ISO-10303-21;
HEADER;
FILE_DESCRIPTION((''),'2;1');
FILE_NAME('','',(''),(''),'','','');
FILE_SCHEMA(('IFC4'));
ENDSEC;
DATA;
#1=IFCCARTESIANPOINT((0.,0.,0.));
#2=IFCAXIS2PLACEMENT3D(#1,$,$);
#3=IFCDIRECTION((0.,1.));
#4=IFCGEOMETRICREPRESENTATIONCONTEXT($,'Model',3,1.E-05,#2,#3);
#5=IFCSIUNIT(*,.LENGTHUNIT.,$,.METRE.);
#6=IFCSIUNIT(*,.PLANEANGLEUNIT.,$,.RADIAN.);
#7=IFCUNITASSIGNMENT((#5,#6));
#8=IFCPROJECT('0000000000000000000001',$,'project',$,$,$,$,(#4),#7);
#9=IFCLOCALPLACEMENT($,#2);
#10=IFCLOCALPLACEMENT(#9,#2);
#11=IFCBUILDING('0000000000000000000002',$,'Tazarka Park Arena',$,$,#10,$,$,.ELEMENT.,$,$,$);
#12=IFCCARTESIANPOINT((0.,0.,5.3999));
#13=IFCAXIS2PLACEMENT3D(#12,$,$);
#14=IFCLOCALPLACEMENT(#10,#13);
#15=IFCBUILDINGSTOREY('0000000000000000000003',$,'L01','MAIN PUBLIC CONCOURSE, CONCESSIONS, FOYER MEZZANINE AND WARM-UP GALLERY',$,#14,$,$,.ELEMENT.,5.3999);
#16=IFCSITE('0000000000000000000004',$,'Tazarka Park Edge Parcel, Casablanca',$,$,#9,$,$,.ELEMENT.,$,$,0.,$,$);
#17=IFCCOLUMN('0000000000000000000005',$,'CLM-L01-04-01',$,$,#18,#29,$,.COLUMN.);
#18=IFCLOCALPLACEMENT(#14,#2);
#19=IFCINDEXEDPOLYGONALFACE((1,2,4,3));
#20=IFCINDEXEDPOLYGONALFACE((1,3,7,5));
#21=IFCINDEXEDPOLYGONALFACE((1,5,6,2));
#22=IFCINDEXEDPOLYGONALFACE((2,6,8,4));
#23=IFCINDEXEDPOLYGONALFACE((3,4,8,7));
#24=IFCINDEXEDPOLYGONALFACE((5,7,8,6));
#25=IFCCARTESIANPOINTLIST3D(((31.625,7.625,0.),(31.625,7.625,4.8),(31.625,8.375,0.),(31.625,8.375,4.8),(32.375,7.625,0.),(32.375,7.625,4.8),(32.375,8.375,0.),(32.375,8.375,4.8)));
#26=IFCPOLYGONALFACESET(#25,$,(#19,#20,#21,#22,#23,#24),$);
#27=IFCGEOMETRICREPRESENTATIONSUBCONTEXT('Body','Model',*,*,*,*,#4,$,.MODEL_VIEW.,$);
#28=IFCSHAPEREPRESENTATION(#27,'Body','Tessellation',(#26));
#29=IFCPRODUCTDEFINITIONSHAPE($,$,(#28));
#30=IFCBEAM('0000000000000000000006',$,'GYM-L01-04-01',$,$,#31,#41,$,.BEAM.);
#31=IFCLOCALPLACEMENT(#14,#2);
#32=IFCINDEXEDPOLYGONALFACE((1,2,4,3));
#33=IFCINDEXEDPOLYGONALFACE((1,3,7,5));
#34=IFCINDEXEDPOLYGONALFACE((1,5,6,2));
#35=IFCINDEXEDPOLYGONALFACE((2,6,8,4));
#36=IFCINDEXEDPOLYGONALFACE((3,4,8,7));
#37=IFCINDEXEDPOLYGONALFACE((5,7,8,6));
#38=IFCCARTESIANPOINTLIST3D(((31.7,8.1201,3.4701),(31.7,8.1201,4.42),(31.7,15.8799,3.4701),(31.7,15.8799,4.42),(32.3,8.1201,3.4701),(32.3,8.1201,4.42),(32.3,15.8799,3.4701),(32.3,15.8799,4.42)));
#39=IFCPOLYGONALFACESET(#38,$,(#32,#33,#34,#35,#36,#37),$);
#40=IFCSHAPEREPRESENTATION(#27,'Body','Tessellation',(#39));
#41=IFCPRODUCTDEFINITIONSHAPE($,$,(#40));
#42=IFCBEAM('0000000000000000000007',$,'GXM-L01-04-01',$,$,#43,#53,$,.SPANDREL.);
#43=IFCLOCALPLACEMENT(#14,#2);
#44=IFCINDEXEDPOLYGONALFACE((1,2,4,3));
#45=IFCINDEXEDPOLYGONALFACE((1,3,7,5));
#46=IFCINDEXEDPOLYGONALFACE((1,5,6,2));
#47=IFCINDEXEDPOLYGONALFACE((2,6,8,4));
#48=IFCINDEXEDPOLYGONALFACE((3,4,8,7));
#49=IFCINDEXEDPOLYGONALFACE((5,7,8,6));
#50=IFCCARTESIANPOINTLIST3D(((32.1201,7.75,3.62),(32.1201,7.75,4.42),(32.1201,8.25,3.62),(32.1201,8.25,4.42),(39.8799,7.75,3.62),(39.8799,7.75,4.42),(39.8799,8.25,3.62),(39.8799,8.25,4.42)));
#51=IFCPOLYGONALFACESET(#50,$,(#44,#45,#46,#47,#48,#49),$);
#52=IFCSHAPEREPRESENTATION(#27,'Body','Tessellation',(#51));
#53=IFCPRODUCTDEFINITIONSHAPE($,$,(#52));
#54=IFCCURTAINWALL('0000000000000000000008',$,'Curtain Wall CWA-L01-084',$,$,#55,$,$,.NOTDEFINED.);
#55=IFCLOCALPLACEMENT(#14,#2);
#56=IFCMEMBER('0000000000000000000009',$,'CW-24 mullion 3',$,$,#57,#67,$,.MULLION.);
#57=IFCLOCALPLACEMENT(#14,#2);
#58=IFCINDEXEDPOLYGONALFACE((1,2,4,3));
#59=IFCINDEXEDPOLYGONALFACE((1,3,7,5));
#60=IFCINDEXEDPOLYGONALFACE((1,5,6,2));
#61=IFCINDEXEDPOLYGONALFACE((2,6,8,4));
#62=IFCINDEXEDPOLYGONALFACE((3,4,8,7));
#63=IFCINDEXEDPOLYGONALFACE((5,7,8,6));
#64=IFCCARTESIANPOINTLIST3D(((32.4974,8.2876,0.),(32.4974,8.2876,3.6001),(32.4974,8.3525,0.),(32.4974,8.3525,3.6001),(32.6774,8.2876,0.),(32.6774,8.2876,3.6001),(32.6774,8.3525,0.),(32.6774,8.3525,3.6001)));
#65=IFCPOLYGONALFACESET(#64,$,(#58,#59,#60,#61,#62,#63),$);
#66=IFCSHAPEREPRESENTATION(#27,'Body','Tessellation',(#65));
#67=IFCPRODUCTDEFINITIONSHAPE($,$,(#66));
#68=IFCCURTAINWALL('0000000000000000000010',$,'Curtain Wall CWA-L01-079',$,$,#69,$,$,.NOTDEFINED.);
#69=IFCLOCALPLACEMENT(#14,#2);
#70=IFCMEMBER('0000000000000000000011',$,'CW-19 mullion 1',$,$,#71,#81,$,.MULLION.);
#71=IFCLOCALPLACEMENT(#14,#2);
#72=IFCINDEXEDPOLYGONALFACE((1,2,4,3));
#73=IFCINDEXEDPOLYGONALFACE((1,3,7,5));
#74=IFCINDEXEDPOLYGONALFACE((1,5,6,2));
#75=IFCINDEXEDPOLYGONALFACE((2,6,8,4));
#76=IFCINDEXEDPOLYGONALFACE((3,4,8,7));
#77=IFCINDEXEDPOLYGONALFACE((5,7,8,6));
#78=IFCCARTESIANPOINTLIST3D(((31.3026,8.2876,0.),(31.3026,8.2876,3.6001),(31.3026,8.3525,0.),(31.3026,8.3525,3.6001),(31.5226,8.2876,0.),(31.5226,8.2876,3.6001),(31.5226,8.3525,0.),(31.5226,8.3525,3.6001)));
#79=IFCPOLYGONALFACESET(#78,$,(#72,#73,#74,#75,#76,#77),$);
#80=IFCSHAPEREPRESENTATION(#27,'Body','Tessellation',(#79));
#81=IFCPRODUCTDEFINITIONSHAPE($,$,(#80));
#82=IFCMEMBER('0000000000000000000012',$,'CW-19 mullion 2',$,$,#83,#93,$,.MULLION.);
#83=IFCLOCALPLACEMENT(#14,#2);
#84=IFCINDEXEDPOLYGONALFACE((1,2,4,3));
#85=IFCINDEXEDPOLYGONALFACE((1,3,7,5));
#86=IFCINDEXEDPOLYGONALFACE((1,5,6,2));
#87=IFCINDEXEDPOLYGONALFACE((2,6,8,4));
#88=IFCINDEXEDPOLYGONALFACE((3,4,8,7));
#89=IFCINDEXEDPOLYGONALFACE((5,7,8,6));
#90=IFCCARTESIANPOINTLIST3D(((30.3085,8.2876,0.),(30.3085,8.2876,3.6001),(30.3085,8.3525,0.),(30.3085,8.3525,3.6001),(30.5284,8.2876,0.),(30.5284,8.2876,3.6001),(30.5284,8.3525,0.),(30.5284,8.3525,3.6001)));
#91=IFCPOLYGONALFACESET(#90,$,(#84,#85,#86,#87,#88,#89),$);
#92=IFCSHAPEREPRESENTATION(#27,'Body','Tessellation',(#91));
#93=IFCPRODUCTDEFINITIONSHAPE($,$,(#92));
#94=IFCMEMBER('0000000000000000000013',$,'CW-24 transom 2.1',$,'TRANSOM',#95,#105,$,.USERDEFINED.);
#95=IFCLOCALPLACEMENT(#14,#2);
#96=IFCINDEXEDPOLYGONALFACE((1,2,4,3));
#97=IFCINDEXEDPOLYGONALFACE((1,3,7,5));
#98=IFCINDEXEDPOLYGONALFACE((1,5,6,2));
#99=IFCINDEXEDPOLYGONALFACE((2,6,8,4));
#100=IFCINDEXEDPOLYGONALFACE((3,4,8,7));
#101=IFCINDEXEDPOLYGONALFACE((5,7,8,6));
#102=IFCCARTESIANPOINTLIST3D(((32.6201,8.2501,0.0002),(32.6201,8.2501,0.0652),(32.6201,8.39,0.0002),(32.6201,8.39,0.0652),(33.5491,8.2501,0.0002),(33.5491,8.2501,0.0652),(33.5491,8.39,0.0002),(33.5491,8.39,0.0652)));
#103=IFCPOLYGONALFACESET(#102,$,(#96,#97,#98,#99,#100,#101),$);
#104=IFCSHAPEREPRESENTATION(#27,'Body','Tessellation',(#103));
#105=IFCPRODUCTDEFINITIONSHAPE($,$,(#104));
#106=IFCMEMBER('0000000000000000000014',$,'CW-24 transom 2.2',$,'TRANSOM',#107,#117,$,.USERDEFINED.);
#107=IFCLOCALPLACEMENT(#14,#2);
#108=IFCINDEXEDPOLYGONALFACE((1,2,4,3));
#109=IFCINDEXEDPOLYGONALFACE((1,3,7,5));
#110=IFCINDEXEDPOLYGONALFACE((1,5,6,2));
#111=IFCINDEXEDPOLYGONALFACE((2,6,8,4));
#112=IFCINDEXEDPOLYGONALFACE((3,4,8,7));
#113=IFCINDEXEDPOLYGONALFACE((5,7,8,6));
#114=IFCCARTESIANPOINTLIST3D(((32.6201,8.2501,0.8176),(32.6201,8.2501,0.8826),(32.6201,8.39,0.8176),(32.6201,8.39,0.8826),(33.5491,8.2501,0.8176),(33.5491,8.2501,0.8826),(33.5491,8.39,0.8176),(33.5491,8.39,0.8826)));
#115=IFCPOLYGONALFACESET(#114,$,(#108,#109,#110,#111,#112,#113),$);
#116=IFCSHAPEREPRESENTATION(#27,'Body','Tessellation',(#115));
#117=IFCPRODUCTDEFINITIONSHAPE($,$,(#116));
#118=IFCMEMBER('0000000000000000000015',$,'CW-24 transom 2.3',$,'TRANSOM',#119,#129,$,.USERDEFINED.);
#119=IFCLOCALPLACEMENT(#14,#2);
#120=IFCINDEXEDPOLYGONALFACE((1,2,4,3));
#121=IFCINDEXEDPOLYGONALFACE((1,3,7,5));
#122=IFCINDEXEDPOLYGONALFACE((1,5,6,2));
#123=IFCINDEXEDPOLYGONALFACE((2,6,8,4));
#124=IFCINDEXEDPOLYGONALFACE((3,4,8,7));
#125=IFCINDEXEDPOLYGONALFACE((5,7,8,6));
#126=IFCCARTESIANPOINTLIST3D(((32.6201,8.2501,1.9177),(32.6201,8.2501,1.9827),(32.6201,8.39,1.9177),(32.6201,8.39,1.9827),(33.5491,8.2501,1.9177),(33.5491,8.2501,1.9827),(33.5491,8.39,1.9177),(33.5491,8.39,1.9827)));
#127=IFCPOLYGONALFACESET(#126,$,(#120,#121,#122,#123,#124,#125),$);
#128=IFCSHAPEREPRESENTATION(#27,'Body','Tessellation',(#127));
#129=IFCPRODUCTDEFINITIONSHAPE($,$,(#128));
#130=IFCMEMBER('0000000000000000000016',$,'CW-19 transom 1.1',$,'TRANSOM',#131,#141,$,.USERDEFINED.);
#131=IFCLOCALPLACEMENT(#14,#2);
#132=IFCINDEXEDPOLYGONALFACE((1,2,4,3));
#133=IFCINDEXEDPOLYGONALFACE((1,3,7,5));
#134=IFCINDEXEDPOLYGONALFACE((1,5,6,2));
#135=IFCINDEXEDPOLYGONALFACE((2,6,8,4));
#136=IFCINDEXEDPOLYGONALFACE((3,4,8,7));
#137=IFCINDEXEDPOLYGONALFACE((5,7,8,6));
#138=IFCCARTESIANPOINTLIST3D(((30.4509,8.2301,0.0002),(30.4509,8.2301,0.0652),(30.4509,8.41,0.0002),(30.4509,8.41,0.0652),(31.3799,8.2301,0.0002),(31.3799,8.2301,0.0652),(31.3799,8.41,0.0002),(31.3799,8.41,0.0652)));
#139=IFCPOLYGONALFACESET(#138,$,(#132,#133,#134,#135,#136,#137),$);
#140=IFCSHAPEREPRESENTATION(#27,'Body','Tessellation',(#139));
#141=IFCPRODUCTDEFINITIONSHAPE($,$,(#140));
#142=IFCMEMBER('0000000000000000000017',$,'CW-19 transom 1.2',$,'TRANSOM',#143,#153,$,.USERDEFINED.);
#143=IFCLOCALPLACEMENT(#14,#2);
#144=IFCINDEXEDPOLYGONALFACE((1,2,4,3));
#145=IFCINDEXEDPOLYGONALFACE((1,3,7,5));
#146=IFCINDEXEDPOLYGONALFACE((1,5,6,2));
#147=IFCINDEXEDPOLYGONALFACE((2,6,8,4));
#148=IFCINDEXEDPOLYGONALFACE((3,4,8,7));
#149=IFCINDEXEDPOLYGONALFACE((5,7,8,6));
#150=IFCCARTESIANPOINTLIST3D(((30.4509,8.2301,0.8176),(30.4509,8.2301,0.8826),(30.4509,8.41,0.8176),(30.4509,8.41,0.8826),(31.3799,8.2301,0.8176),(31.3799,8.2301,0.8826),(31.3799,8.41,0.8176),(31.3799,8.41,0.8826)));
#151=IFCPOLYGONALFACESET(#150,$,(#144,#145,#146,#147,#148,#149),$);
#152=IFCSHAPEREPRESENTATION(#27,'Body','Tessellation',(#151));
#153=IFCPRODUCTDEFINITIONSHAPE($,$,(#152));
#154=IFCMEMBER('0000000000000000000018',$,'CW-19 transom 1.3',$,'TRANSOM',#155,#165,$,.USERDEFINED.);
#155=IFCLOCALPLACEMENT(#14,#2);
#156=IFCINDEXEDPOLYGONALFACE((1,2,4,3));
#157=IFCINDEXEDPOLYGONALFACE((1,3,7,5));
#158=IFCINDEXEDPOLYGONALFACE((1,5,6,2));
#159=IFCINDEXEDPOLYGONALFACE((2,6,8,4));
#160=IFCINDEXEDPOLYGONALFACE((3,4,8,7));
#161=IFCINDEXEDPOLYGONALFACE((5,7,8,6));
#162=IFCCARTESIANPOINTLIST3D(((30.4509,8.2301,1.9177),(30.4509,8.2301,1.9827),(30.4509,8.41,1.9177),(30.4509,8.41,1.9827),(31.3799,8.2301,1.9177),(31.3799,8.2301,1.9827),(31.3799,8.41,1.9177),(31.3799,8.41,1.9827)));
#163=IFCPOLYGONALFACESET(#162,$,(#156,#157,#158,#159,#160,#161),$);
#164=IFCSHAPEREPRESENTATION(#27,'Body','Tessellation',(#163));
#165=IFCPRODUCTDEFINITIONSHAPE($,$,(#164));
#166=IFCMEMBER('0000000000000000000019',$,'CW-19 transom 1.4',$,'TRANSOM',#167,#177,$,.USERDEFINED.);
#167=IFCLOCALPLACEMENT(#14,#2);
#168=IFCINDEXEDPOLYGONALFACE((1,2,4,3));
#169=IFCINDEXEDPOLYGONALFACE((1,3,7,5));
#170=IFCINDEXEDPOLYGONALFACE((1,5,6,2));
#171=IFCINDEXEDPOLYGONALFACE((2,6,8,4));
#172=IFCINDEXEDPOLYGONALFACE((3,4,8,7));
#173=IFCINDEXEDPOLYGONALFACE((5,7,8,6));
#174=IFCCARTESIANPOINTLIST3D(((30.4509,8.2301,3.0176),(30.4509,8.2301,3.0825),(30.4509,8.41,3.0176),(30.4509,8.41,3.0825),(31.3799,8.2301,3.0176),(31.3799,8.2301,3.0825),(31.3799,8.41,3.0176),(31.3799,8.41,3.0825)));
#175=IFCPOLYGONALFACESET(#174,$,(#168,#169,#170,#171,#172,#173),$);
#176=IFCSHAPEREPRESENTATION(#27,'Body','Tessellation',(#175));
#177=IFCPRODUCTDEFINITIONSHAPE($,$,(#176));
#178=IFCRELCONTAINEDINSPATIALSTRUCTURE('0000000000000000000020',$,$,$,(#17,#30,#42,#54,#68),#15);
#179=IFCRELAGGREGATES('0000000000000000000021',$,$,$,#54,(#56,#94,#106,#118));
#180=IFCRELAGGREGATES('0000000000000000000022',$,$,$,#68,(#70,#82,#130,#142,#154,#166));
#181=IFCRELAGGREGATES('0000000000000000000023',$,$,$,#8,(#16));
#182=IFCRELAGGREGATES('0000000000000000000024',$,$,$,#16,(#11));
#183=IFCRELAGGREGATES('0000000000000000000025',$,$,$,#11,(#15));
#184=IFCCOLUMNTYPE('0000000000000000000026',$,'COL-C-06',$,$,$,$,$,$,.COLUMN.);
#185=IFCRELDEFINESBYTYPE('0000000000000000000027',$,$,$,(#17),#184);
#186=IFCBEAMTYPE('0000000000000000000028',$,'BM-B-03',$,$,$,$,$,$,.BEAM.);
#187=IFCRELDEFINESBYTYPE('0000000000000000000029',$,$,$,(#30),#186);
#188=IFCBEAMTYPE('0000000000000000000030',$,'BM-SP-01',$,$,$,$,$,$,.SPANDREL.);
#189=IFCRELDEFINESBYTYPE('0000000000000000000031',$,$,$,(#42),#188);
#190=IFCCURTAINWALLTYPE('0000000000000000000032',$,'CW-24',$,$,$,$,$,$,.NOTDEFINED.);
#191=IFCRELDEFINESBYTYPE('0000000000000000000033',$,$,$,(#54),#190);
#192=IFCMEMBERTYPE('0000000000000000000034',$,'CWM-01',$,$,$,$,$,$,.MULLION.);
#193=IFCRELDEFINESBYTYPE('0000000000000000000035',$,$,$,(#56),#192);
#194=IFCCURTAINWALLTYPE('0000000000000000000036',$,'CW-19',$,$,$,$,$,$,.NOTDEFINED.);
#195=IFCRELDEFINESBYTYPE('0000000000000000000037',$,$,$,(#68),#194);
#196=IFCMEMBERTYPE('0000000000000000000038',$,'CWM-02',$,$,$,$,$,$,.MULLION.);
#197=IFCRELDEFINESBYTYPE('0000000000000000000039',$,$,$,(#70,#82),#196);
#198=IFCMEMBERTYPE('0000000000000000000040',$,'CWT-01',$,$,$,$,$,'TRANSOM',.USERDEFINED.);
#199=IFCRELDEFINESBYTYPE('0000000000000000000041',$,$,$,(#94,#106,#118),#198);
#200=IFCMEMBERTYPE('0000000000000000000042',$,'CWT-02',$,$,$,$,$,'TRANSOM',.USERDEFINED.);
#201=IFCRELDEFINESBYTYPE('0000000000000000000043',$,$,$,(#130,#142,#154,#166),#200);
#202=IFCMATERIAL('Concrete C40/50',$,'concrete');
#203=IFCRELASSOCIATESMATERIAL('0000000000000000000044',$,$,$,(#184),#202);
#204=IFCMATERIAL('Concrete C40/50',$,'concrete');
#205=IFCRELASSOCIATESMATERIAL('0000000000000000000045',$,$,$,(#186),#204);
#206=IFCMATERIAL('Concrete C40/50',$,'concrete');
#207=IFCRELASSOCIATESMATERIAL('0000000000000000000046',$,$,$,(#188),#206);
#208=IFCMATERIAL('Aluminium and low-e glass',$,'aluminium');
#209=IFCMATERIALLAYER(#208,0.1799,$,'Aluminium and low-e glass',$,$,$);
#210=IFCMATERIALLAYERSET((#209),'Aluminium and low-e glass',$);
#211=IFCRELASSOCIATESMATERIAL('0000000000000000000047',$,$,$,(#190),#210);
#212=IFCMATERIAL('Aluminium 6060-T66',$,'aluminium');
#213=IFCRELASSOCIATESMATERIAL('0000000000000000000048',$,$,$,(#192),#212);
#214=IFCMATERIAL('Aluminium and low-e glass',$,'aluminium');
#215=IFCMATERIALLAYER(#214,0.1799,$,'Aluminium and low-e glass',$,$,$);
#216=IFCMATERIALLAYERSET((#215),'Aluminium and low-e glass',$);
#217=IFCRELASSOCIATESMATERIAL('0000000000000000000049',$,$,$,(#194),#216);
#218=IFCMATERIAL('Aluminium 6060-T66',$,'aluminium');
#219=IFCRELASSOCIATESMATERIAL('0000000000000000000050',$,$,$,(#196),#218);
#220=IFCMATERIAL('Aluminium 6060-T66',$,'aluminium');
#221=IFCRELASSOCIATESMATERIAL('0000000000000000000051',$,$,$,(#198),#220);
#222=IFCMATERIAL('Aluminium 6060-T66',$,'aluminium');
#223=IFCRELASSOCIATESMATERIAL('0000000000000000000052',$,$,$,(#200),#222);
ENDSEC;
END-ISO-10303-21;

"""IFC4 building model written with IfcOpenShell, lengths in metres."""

from ifc_helpers import new_model, si_unit, direction, frame, origin, origin_2d, place, context, subcontext, project, spatial, rectangle, extrude, material, layer, layer_set, material_profile, profile_set, type_object, element, aggregate, save


model = new_model("IFC4")

# Units and contexts
model_context = context("Model", 3, precision=1e-05, world=origin(), true_north=direction((0.0, 1.0)))
body_context = subcontext(model_context, "Body", "Model", "MODEL_VIEW")
ifc_project = project(units=[si_unit("LENGTHUNIT", "METRE"), si_unit("PLANEANGLEUNIT", "RADIAN")], contexts=[model_context])

# Site, building, storey
site_placement = place(None, origin())
site = spatial("IfcSite", under=ifc_project, at=site_placement, Name="Tazarka Park Edge Parcel, Casablanca", CompositionType="ELEMENT", RefElevation=0.0)
building_placement = place(site_placement, origin())
building = spatial("IfcBuilding", under=site, at=building_placement, Name="Tazarka Park Arena", CompositionType="ELEMENT")
storey_placement = place(building_placement, frame((0.0, 0.0, 5.3999)))
storey = spatial("IfcBuildingStorey", under=building, at=storey_placement, Name="L01", Description="MAIN PUBLIC CONCOURSE, CONCESSIONS, FOYER MEZZANINE AND WARM-UP GALLERY", CompositionType="ELEMENT", Elevation=5.3999)

# Column
ifc_material_1 = material(Name="Concrete C40/50", Category="concrete")
ifc_material_profile_1 = material_profile(ifc_material_1, rectangle(XDim=0.75, YDim=0.75, at=origin_2d()), Name="Concrete C40/50")
ifc_profile_set_1 = profile_set([ifc_material_profile_1], Name="Concrete C40/50")
column_type = type_object("IfcColumnType", Name="COL-C-06", PredefinedType="COLUMN", material=ifc_profile_set_1)
column_placement = place(storey_placement, frame((32.0, 8.0, 0.0), z_axis=(0.0, 0.0, 1.0), x_axis=(1.0, 0.0, 0.0)))
element("IfcColumn", 1, at=column_placement, inside=storey, type_object=column_type, Name="CLM-L01-04-01", PredefinedType="COLUMN", context=body_context, shape_type="SweptSolid", body=[
    extrude(rectangle(XDim=0.75, YDim=0.75, at=origin_2d()), origin(), (0.0, 0.0, 1.0), 4.8),
])

# Beams
ifc_material_2 = material(Name="Concrete C40/50", Category="concrete")
ifc_material_profile_2 = material_profile(ifc_material_2, rectangle(XDim=0.6001, YDim=0.95, at=origin_2d()), Name="Concrete C40/50")
ifc_profile_set_2 = profile_set([ifc_material_profile_2], Name="Concrete C40/50")
beam_type_1 = type_object("IfcBeamType", Name="BM-B-03", PredefinedType="BEAM", material=ifc_profile_set_2)
beam_1_placement = place(storey_placement, frame((32.0, 8.1201, 3.9451), z_axis=(0.0, 1.0, 0.0), x_axis=(-1.0, 0.0, 0.0)))
element("IfcBeam", 2, at=beam_1_placement, inside=storey, type_object=beam_type_1, Name="GYM-L01-04-01", PredefinedType="BEAM", context=body_context, shape_type="SweptSolid", body=[
    extrude(rectangle(XDim=0.6001, YDim=0.95, at=origin_2d()), origin(), (0.0, 0.0, 1.0), 7.7598),
])
ifc_material_3 = material(Name="Concrete C40/50", Category="concrete")
ifc_material_profile_3 = material_profile(ifc_material_3, rectangle(XDim=0.5, YDim=0.8, at=origin_2d()), Name="Concrete C40/50")
ifc_profile_set_3 = profile_set([ifc_material_profile_3], Name="Concrete C40/50")
beam_type_2 = type_object("IfcBeamType", Name="BM-SP-01", PredefinedType="SPANDREL", material=ifc_profile_set_3)
beam_2_placement = place(storey_placement, frame((32.1201, 8.0, 4.02), z_axis=(1.0, 0.0, 0.0), x_axis=(0.0, 1.0, 0.0)))
element("IfcBeam", 3, at=beam_2_placement, inside=storey, type_object=beam_type_2, Name="GXM-L01-04-01", PredefinedType="SPANDREL", context=body_context, shape_type="SweptSolid", body=[
    extrude(rectangle(XDim=0.5, YDim=0.8, at=origin_2d()), origin(), (0.0, 0.0, 1.0), 7.7598),
])

# Curtain wall, member
ifc_material_4 = material(Name="Aluminium and low-e glass", Category="aluminium")
ifc_layer_1 = layer(ifc_material_4, 0.1799, Name="Aluminium and low-e glass")
ifc_layer_set_1 = layer_set([ifc_layer_1], Name="Aluminium and low-e glass")
curtain_wall_type_1 = type_object("IfcCurtainWallType", Name="CW-24", PredefinedType="NOTDEFINED", material=ifc_layer_set_1)
curtain_wall_1_placement = place(storey_placement, origin())
curtain_wall_1 = element("IfcCurtainWall", 4, at=curtain_wall_1_placement, inside=storey, type_object=curtain_wall_type_1, Name="Curtain Wall CWA-L01-084", PredefinedType="NOTDEFINED")
ifc_material_5 = material(Name="Aluminium 6060-T66", Category="aluminium")
ifc_material_profile_4 = material_profile(ifc_material_5, rectangle(XDim=0.0649, YDim=0.1799, at=origin_2d()), Name="Aluminium 6060-T66")
ifc_profile_set_4 = profile_set([ifc_material_profile_4], Name="Aluminium 6060-T66")
member_type_1 = type_object("IfcMemberType", Name="CWM-01", PredefinedType="MULLION", material=ifc_profile_set_4)
member_1_placement = place(storey_placement, frame((32.5874, 8.3201, 0.0), z_axis=(0.0, 0.0, 1.0), x_axis=(0.0, -1.0, 0.0)))
member_1 = element("IfcMember", 5, at=member_1_placement, type_object=member_type_1, Name="CW-24 mullion 3", PredefinedType="MULLION", context=body_context, shape_type="SweptSolid", body=[
    extrude(rectangle(XDim=0.0649, YDim=0.1799, at=origin_2d()), origin(), (0.0, 0.0, 1.0), 3.6001),
])

# Curtain wall, members
ifc_material_6 = material(Name="Aluminium and low-e glass", Category="aluminium")
ifc_layer_2 = layer(ifc_material_6, 0.1799, Name="Aluminium and low-e glass")
ifc_layer_set_2 = layer_set([ifc_layer_2], Name="Aluminium and low-e glass")
curtain_wall_type_2 = type_object("IfcCurtainWallType", Name="CW-19", PredefinedType="NOTDEFINED", material=ifc_layer_set_2)
curtain_wall_2_placement = place(storey_placement, origin())
curtain_wall_2 = element("IfcCurtainWall", 6, at=curtain_wall_2_placement, inside=storey, type_object=curtain_wall_type_2, Name="Curtain Wall CWA-L01-079", PredefinedType="NOTDEFINED")
ifc_material_7 = material(Name="Aluminium 6060-T66", Category="aluminium")
ifc_material_profile_5 = material_profile(ifc_material_7, rectangle(XDim=0.0649, YDim=0.22, at=origin_2d()), Name="Aluminium 6060-T66")
ifc_profile_set_5 = profile_set([ifc_material_profile_5], Name="Aluminium 6060-T66")
member_type_2 = type_object("IfcMemberType", Name="CWM-02", PredefinedType="MULLION", material=ifc_profile_set_5)
member_2_placement = place(storey_placement, frame((31.4126, 8.3201, 0.0), z_axis=(0.0, 0.0, 1.0), x_axis=(0.0, -1.0, 0.0)))
member_2 = element("IfcMember", 7, at=member_2_placement, type_object=member_type_2, Name="CW-19 mullion 1", PredefinedType="MULLION", context=body_context, shape_type="SweptSolid", body=[
    extrude(rectangle(XDim=0.0649, YDim=0.22, at=origin_2d()), origin(), (0.0, 0.0, 1.0), 3.6001),
])
member_3_placement = place(storey_placement, frame((30.4185, 8.3201, 0.0), z_axis=(0.0, 0.0, 1.0), x_axis=(0.0, -1.0, 0.0)))
member_3 = element("IfcMember", 8, at=member_3_placement, type_object=member_type_2, Name="CW-19 mullion 2", PredefinedType="MULLION", context=body_context, shape_type="SweptSolid", body=[
    extrude(rectangle(XDim=0.0649, YDim=0.22, at=origin_2d()), origin(), (0.0, 0.0, 1.0), 3.6001),
])

# Members
ifc_material_8 = material(Name="Aluminium 6060-T66", Category="aluminium")
ifc_material_profile_6 = material_profile(ifc_material_8, rectangle(XDim=0.1399, YDim=0.0649, at=origin_2d()), Name="Aluminium 6060-T66")
ifc_profile_set_6 = profile_set([ifc_material_profile_6], Name="Aluminium 6060-T66")
member_type_3 = type_object("IfcMemberType", Name="CWT-01", ElementType="TRANSOM", PredefinedType="USERDEFINED", material=ifc_profile_set_6)
member_4_placement = place(storey_placement, frame((33.5491, 8.3201, 0.0327), z_axis=(-1.0, 0.0, 0.0), x_axis=(0.0, -1.0, 0.0)))
member_4 = element("IfcMember", 9, at=member_4_placement, type_object=member_type_3, Name="CW-24 transom 2.1", ObjectType="TRANSOM", PredefinedType="USERDEFINED", context=body_context, shape_type="SweptSolid", body=[
    extrude(rectangle(XDim=0.1399, YDim=0.0649, at=origin_2d()), origin(), (0.0, 0.0, 1.0), 0.929),
])
member_5_placement = place(storey_placement, frame((33.5491, 8.3201, 0.8501), z_axis=(-1.0, 0.0, 0.0), x_axis=(0.0, -1.0, 0.0)))
member_5 = element("IfcMember", 10, at=member_5_placement, type_object=member_type_3, Name="CW-24 transom 2.2", ObjectType="TRANSOM", PredefinedType="USERDEFINED", context=body_context, shape_type="SweptSolid", body=[
    extrude(rectangle(XDim=0.1399, YDim=0.0649, at=origin_2d()), origin(), (0.0, 0.0, 1.0), 0.929),
])
member_6_placement = place(storey_placement, frame((33.5491, 8.3201, 1.9502), z_axis=(-1.0, 0.0, 0.0), x_axis=(0.0, -1.0, 0.0)))
member_6 = element("IfcMember", 11, at=member_6_placement, type_object=member_type_3, Name="CW-24 transom 2.3", ObjectType="TRANSOM", PredefinedType="USERDEFINED", context=body_context, shape_type="SweptSolid", body=[
    extrude(rectangle(XDim=0.1399, YDim=0.0649, at=origin_2d()), origin(), (0.0, 0.0, 1.0), 0.929),
])
ifc_material_9 = material(Name="Aluminium 6060-T66", Category="aluminium")
ifc_material_profile_7 = material_profile(ifc_material_9, rectangle(XDim=0.1799, YDim=0.0649, at=origin_2d()), Name="Aluminium 6060-T66")
ifc_profile_set_7 = profile_set([ifc_material_profile_7], Name="Aluminium 6060-T66")
member_type_4 = type_object("IfcMemberType", Name="CWT-02", ElementType="TRANSOM", PredefinedType="USERDEFINED", material=ifc_profile_set_7)
member_7_placement = place(storey_placement, frame((31.3799, 8.3201, 0.0327), z_axis=(-1.0, 0.0, 0.0), x_axis=(0.0, -1.0, 0.0)))
member_7 = element("IfcMember", 12, at=member_7_placement, type_object=member_type_4, Name="CW-19 transom 1.1", ObjectType="TRANSOM", PredefinedType="USERDEFINED", context=body_context, shape_type="SweptSolid", body=[
    extrude(rectangle(XDim=0.1799, YDim=0.0649, at=origin_2d()), origin(), (0.0, 0.0, 1.0), 0.929),
])
member_8_placement = place(storey_placement, frame((31.3799, 8.3201, 0.8501), z_axis=(-1.0, 0.0, 0.0), x_axis=(0.0, -1.0, 0.0)))
member_8 = element("IfcMember", 13, at=member_8_placement, type_object=member_type_4, Name="CW-19 transom 1.2", ObjectType="TRANSOM", PredefinedType="USERDEFINED", context=body_context, shape_type="SweptSolid", body=[
    extrude(rectangle(XDim=0.1799, YDim=0.0649, at=origin_2d()), origin(), (0.0, 0.0, 1.0), 0.929),
])
member_9_placement = place(storey_placement, frame((31.3799, 8.3201, 1.9502), z_axis=(-1.0, 0.0, 0.0), x_axis=(0.0, -1.0, 0.0)))
member_9 = element("IfcMember", 14, at=member_9_placement, type_object=member_type_4, Name="CW-19 transom 1.3", ObjectType="TRANSOM", PredefinedType="USERDEFINED", context=body_context, shape_type="SweptSolid", body=[
    extrude(rectangle(XDim=0.1799, YDim=0.0649, at=origin_2d()), origin(), (0.0, 0.0, 1.0), 0.929),
])
member_10_placement = place(storey_placement, frame((31.3799, 8.3201, 3.05), z_axis=(-1.0, 0.0, 0.0), x_axis=(0.0, -1.0, 0.0)))
member_10 = element("IfcMember", 15, at=member_10_placement, type_object=member_type_4, Name="CW-19 transom 1.4", ObjectType="TRANSOM", PredefinedType="USERDEFINED", context=body_context, shape_type="SweptSolid", body=[
    extrude(rectangle(XDim=0.1799, YDim=0.0649, at=origin_2d()), origin(), (0.0, 0.0, 1.0), 0.929),
])

aggregate(curtain_wall_1, [member_1, member_4, member_5, member_6])
aggregate(curtain_wall_2, [member_2, member_3, member_7, member_8, member_9, member_10])

save(model, "model.ifc")
